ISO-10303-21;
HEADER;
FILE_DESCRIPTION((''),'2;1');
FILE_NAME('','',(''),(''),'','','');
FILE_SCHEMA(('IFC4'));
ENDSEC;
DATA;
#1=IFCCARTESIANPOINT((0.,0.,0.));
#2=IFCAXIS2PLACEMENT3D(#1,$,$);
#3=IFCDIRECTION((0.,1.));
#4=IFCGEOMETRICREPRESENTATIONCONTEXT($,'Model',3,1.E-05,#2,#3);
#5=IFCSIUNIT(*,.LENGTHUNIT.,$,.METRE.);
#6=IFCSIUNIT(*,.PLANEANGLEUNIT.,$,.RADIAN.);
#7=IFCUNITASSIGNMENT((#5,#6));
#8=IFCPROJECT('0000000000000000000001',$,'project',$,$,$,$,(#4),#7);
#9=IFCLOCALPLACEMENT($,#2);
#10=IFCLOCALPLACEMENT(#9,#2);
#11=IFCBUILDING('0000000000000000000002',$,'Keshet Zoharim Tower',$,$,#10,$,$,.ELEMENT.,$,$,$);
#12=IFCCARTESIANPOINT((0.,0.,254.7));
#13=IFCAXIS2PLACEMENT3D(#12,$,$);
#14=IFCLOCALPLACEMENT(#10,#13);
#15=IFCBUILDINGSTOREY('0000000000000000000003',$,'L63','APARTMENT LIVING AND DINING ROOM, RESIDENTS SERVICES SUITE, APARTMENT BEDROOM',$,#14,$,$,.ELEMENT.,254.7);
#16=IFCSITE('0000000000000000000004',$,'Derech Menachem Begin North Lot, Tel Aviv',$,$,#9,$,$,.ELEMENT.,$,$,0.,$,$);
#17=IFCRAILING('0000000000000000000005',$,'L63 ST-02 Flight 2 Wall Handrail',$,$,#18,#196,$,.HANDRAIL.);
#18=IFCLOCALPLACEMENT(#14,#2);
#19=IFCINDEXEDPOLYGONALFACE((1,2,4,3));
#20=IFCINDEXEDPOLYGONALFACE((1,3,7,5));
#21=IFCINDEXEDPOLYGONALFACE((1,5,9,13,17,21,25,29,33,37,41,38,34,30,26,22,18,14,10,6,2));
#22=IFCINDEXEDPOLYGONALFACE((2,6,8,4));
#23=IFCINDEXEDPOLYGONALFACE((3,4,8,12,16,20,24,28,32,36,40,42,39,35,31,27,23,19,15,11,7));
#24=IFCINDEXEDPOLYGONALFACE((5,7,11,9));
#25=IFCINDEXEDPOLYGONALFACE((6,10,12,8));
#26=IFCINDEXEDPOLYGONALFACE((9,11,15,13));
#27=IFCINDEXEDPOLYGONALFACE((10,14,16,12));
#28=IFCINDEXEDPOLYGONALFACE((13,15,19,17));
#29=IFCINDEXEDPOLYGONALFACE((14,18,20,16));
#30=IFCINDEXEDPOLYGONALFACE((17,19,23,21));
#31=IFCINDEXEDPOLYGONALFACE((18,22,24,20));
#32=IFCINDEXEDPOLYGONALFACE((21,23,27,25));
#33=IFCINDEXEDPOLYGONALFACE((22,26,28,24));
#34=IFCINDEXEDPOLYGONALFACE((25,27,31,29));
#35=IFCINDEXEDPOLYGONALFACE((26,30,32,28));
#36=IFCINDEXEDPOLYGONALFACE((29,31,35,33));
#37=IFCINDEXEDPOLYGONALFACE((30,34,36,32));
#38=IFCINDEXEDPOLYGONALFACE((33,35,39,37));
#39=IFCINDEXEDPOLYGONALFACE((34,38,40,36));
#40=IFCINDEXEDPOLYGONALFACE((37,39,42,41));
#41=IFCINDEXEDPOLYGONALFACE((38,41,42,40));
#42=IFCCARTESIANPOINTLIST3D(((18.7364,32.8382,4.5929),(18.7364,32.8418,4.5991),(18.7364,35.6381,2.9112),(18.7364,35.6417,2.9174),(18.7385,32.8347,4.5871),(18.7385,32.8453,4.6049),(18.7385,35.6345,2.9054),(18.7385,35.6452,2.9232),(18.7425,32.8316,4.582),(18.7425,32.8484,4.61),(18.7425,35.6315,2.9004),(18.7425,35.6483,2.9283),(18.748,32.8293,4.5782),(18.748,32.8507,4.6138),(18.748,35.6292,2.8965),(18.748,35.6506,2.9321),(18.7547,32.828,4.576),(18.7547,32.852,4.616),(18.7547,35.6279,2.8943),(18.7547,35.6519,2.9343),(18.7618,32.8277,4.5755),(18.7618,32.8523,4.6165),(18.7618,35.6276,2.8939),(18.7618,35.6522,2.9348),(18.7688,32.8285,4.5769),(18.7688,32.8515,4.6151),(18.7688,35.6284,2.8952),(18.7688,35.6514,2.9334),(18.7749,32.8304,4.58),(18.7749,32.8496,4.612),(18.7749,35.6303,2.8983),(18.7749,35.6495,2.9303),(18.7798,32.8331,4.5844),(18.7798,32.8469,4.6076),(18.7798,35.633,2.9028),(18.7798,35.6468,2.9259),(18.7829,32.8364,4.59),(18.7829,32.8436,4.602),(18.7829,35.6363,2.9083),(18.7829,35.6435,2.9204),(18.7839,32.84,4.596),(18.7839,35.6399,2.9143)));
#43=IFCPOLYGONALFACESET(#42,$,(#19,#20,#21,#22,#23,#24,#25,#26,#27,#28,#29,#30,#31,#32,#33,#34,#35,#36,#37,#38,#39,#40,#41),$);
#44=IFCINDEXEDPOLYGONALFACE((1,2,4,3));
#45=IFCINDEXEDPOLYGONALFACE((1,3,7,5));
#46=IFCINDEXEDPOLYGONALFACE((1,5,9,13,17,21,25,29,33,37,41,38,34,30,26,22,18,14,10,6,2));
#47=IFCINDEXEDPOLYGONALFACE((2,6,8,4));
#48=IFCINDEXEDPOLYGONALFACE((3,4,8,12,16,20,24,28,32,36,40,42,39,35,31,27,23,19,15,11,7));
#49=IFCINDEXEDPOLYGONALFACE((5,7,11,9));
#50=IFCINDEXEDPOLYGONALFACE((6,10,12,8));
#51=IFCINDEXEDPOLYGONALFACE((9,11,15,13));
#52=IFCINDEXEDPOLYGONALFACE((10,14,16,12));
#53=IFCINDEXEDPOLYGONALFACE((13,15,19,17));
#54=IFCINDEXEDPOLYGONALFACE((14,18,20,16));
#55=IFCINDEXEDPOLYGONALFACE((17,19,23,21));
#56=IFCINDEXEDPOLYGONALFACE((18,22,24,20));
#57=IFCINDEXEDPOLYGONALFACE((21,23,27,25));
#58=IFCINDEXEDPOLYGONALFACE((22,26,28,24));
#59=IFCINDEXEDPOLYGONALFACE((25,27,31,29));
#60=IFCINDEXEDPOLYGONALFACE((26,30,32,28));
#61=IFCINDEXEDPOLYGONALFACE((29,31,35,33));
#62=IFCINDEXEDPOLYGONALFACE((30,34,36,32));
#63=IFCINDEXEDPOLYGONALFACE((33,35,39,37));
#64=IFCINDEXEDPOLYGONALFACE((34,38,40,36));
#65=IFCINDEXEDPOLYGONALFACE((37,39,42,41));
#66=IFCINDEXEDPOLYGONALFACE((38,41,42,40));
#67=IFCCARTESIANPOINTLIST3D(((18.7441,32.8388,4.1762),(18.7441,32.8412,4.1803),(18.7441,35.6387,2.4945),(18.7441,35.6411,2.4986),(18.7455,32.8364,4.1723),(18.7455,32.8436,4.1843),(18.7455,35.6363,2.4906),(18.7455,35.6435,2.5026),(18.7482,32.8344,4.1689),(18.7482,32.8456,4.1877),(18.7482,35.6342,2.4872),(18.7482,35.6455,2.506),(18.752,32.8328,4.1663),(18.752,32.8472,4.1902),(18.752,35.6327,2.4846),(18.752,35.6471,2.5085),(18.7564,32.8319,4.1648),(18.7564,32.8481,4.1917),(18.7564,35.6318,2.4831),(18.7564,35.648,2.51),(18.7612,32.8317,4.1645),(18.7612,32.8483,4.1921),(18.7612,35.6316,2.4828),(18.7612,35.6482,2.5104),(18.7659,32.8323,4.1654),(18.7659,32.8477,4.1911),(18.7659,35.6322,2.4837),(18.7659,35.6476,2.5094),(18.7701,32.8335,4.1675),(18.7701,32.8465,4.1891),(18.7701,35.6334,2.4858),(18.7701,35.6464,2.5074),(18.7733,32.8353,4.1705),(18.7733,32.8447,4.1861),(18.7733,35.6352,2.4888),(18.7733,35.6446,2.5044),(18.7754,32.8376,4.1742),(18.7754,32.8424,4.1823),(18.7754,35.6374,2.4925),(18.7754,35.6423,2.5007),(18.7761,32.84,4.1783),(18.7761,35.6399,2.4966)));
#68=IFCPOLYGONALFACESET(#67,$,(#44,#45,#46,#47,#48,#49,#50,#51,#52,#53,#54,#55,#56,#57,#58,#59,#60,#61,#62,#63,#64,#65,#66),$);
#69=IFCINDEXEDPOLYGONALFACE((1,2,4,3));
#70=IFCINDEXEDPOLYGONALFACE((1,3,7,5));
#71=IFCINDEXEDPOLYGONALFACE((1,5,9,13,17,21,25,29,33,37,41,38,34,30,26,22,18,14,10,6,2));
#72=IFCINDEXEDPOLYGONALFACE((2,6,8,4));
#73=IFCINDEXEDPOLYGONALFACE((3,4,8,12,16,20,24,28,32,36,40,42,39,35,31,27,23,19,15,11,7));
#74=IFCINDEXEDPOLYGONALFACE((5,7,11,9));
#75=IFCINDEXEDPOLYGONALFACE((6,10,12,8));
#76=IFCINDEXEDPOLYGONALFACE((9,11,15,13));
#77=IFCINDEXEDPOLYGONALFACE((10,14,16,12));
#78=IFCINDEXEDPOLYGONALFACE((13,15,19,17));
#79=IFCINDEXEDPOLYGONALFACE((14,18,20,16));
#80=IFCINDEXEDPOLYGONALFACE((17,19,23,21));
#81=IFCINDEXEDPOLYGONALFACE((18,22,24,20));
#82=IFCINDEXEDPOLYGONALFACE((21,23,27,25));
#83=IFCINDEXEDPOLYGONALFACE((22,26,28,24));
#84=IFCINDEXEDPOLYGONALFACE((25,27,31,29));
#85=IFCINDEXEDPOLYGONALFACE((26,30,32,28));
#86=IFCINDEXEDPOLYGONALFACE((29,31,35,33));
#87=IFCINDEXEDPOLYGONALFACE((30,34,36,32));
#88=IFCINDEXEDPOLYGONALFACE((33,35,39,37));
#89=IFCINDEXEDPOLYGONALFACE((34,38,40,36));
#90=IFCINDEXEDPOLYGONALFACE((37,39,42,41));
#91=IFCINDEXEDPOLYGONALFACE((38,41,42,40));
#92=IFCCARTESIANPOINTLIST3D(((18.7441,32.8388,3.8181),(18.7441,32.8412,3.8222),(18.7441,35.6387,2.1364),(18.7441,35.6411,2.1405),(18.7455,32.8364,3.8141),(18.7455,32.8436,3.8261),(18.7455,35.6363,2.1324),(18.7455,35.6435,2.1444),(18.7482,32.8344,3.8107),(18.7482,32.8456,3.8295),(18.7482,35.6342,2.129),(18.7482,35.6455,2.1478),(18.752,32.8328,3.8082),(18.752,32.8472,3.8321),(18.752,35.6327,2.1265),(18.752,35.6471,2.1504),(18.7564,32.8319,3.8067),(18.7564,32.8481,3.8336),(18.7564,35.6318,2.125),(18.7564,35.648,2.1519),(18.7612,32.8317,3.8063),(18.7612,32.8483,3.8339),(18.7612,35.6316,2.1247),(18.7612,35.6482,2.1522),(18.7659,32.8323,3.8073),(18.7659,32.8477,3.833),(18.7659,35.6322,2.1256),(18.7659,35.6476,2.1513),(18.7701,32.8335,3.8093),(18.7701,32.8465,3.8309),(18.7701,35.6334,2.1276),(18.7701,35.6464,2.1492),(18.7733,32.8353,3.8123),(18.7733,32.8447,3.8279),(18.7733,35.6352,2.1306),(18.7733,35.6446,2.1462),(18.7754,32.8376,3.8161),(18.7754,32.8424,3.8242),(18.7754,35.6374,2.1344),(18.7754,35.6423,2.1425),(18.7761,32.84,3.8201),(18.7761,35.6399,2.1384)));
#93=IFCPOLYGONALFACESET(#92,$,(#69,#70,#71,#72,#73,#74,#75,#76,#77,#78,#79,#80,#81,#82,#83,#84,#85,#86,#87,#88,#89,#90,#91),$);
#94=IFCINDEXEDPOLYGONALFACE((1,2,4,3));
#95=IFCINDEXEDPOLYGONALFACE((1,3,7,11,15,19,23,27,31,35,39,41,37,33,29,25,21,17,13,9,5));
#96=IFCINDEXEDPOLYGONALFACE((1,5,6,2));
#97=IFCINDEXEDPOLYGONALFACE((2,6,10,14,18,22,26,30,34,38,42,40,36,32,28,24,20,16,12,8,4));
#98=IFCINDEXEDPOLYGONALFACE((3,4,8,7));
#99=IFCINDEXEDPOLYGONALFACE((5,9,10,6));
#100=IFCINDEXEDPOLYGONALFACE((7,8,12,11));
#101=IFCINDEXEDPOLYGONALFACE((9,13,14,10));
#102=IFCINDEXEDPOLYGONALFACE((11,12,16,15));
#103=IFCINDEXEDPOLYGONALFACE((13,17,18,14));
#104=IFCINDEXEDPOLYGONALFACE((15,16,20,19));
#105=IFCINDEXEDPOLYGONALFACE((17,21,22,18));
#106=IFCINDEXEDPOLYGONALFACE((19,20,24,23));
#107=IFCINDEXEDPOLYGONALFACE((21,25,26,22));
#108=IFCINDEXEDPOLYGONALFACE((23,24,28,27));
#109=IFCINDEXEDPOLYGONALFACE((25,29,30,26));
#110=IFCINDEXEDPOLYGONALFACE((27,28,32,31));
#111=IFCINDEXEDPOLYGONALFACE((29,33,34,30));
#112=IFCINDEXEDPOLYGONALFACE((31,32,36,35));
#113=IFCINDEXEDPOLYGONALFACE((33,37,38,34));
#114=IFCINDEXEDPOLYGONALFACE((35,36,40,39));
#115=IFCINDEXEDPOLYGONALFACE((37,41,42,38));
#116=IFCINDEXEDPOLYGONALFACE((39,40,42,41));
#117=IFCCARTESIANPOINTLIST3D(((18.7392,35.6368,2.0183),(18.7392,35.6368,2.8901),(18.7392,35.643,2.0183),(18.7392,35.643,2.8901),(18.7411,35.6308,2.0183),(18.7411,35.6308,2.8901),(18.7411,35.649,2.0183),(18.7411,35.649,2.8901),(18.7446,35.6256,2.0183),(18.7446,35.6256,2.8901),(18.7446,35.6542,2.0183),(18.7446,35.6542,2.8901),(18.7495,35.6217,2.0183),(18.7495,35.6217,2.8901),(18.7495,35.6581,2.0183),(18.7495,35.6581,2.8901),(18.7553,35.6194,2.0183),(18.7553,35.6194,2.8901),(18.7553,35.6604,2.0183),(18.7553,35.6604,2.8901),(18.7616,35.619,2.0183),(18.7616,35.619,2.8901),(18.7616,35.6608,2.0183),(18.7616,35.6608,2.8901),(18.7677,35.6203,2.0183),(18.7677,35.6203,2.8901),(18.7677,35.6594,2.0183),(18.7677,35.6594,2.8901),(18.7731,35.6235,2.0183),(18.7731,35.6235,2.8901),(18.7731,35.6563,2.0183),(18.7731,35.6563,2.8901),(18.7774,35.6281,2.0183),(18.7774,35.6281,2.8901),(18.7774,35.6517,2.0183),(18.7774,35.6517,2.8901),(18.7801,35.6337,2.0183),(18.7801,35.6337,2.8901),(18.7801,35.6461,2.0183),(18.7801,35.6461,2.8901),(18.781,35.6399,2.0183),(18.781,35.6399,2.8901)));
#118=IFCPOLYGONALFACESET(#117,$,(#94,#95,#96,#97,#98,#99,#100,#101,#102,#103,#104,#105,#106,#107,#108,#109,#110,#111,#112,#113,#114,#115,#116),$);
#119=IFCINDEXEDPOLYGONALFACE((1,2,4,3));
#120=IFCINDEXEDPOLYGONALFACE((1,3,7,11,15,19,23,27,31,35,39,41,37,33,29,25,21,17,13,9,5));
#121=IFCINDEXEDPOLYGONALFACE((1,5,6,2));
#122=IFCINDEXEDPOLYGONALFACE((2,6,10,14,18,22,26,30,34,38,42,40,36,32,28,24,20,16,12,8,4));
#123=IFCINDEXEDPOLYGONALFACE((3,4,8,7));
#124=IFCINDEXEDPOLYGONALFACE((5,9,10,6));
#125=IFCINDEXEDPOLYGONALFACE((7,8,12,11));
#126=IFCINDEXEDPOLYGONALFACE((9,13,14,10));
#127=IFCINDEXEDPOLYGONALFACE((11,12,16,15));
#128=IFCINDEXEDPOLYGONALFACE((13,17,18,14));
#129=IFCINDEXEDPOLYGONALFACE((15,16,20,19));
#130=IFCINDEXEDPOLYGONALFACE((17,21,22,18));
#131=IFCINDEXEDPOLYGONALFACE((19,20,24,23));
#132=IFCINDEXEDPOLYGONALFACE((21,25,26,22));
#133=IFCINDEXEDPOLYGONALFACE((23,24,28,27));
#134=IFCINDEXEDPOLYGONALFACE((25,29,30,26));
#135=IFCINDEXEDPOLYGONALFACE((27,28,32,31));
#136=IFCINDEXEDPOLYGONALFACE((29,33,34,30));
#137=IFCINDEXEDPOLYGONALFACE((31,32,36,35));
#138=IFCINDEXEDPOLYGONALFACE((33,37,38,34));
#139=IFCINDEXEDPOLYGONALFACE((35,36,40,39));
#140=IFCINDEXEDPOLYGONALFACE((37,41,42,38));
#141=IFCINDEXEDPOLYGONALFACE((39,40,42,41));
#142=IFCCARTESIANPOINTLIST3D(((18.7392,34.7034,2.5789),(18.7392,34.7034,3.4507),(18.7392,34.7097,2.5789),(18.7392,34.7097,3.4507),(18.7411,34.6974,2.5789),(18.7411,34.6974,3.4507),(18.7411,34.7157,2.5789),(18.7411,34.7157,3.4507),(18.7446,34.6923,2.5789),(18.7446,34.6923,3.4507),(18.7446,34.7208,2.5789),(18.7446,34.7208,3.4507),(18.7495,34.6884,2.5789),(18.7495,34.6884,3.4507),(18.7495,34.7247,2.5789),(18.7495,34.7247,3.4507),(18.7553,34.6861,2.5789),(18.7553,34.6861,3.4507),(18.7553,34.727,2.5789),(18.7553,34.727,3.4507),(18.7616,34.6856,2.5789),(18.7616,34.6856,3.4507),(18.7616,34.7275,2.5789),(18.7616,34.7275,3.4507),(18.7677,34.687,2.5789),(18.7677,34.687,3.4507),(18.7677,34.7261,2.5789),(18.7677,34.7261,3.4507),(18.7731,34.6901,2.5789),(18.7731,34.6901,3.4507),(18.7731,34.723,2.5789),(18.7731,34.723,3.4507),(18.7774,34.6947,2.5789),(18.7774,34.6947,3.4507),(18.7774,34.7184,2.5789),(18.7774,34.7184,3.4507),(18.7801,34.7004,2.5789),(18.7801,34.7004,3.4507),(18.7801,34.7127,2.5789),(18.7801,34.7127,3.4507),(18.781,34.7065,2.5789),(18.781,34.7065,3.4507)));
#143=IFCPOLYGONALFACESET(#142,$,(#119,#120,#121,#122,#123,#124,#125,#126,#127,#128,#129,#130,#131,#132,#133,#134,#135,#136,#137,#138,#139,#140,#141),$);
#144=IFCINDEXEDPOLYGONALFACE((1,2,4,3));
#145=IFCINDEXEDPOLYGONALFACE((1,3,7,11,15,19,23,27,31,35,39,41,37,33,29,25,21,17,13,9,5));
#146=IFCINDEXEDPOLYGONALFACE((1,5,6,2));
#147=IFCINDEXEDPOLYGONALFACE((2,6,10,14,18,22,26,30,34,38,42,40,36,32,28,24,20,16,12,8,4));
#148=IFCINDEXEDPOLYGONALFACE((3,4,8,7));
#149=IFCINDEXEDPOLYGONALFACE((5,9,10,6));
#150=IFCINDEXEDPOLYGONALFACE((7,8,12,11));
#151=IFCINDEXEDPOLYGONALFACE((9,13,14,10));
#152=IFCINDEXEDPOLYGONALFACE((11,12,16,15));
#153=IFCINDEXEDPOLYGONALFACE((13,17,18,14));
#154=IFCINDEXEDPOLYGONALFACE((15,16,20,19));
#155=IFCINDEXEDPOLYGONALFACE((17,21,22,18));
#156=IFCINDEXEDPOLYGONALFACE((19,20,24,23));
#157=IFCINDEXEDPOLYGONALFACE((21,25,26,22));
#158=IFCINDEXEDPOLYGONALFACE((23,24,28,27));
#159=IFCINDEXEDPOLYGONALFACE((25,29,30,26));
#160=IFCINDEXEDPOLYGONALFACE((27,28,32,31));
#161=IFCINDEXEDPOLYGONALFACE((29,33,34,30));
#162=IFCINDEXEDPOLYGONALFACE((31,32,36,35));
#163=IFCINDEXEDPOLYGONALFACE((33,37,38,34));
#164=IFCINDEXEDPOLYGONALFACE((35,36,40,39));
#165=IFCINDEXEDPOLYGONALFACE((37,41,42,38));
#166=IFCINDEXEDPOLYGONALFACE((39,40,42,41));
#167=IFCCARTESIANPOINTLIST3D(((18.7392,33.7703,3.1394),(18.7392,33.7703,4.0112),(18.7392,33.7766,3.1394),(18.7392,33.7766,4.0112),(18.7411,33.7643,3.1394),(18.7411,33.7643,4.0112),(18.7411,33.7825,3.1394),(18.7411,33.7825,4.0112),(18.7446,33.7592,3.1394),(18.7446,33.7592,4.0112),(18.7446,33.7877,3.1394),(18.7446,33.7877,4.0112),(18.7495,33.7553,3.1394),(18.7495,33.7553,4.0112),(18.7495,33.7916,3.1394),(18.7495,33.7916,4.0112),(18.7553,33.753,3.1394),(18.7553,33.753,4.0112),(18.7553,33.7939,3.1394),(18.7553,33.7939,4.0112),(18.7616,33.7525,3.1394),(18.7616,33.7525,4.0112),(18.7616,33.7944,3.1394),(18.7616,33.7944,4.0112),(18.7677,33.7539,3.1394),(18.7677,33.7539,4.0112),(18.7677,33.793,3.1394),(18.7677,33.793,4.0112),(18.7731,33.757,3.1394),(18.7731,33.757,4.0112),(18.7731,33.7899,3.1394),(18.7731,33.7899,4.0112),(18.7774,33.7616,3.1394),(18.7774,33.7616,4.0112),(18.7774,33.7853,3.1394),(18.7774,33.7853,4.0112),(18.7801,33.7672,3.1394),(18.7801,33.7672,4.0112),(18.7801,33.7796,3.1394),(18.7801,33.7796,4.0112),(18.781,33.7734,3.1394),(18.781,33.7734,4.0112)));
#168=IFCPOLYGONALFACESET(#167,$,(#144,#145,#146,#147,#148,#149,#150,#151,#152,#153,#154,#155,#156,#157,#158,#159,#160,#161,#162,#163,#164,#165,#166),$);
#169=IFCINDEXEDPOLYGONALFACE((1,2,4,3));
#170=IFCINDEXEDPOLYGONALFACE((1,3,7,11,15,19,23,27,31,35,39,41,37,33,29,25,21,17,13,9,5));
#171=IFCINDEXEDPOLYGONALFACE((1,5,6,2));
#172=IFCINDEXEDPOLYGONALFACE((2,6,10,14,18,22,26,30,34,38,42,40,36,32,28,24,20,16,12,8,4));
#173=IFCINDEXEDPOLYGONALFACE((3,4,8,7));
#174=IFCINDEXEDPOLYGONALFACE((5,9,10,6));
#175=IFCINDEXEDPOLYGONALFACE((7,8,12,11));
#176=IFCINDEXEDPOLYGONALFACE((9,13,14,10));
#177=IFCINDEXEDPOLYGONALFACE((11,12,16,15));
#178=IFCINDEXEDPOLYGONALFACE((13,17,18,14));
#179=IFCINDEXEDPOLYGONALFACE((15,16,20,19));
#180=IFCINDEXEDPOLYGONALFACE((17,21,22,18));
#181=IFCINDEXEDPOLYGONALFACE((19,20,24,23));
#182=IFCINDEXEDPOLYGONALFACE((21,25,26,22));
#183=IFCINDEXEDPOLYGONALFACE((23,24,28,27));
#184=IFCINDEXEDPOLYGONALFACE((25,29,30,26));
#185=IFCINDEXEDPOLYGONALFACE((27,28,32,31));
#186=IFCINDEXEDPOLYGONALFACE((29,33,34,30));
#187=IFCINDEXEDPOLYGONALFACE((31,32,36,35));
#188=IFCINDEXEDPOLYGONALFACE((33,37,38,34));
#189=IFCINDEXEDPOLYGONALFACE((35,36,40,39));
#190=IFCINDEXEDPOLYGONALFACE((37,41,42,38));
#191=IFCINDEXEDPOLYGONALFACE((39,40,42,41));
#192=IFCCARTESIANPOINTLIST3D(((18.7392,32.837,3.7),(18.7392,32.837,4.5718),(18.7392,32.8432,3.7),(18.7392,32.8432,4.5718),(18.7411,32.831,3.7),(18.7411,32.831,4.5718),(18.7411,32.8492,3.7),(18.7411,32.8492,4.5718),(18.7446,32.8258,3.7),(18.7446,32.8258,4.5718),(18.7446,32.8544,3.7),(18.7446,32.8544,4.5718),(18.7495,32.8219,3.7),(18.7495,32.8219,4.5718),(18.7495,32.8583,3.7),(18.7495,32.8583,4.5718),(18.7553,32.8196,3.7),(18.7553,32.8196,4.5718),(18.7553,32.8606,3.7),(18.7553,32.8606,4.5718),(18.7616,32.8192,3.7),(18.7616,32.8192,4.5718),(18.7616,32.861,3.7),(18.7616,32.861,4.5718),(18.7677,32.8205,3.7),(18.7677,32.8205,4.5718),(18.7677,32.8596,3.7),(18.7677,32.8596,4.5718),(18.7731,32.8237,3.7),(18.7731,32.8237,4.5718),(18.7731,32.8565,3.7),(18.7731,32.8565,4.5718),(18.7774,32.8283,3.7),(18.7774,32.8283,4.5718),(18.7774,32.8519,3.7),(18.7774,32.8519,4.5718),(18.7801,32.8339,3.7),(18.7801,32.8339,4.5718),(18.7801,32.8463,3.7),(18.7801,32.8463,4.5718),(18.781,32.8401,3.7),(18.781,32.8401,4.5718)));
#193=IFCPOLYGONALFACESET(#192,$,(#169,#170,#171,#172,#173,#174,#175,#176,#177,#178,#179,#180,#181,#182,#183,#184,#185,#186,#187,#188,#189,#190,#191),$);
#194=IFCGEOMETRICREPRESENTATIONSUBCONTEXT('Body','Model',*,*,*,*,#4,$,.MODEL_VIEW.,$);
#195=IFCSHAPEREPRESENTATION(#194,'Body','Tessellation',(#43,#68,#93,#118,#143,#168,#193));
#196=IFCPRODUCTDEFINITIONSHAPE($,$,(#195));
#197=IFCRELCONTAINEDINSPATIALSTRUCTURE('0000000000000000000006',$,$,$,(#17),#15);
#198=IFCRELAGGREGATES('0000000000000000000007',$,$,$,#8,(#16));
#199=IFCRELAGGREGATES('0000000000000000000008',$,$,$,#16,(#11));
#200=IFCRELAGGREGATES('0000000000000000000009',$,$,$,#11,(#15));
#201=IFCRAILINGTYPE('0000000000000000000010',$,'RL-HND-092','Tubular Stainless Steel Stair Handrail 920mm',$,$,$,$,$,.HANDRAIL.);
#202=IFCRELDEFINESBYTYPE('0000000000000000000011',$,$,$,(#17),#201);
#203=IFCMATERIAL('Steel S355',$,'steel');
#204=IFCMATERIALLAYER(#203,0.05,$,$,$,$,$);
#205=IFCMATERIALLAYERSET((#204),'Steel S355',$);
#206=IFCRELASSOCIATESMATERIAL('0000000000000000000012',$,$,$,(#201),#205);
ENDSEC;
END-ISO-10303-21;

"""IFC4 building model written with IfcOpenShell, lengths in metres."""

from ifc_helpers import new_model, si_unit, direction, frame, origin, origin_2d, place, context, subcontext, project, spatial, circle, extrude, material, layer, layer_set, type_object, element, save


model = new_model("IFC4")

# Units and contexts
model_context = context("Model", 3, precision=1e-05, world=origin(), true_north=direction((0.0, 1.0)))
body_context = subcontext(model_context, "Body", "Model", "MODEL_VIEW")
ifc_project = project(units=[si_unit("LENGTHUNIT", "METRE"), si_unit("PLANEANGLEUNIT", "RADIAN")], contexts=[model_context])

# Site, building, storey
site_placement = place(None, origin())
site = spatial("IfcSite", under=ifc_project, at=site_placement, Name="Derech Menachem Begin North Lot, Tel Aviv", CompositionType="ELEMENT", RefElevation=0.0)
building_placement = place(site_placement, origin())
building = spatial("IfcBuilding", under=site, at=building_placement, Name="Keshet Zoharim Tower", CompositionType="ELEMENT")
storey_placement = place(building_placement, frame((0.0, 0.0, 254.7)))
storey = spatial("IfcBuildingStorey", under=building, at=storey_placement, Name="L63", Description="APARTMENT LIVING AND DINING ROOM, RESIDENTS SERVICES SUITE, APARTMENT BEDROOM", CompositionType="ELEMENT", Elevation=254.7)

# Shared definitions
ifc_material_1 = material(Name="Steel S355", Category="steel")

# Railing
ifc_layer_1 = layer(ifc_material_1, 0.05)
ifc_layer_set_1 = layer_set([ifc_layer_1], Name="Steel S355")
railing_type_1 = type_object("IfcRailingType", Name="RL-HND-092", Description="Tubular Stainless Steel Stair Handrail 920mm", PredefinedType="HANDRAIL", material=ifc_layer_set_1)
railing_1_placement = place(storey_placement, frame((18.76, 35.6399, 2.0183)))
element("IfcRailing", 1, at=railing_1_placement, inside=storey, type_object=railing_type_1, Name="L63 ST-02 Flight 2 Wall Handrail", PredefinedType="HANDRAIL", context=body_context, shape_type="SweptSolid", body=[
    extrude(circle(Radius=0.0239, at=origin_2d()), frame((0.0, 0.0, 0.896), z_axis=(0.0, -0.857255, 0.514891), x_axis=(1.0, 0.0, 0.0)), (0.0, 0.0, 1.0), 3.2661),
    extrude(circle(Radius=0.0161, at=origin_2d()), frame((0.0, 0.0, 0.4783), z_axis=(0.0, -0.857255, 0.514891), x_axis=(1.0, 0.0, 0.0)), (0.0, 0.0, 1.0), 3.2661),
    extrude(circle(Radius=0.0161, at=origin_2d()), frame((0.0, 0.0, 0.1201), z_axis=(0.0, -0.857255, 0.514891), x_axis=(1.0, 0.0, 0.0)), (0.0, 0.0, 1.0), 3.2661),
    extrude(circle(Radius=0.021, at=origin_2d()), origin(), (0.0, 0.0, 1.0), 0.8718),
    extrude(circle(Radius=0.021, at=origin_2d()), frame((0.0, -0.9333, 0.5605)), (0.0, 0.0, 1.0), 0.8718),
    extrude(circle(Radius=0.021, at=origin_2d()), frame((0.0, -1.8665, 1.1211)), (0.0, 0.0, 1.0), 0.8718),
    extrude(circle(Radius=0.021, at=origin_2d()), frame((0.0, -2.7998, 1.6816)), (0.0, 0.0, 1.0), 0.8718),
])

save(model, "model.ifc")
